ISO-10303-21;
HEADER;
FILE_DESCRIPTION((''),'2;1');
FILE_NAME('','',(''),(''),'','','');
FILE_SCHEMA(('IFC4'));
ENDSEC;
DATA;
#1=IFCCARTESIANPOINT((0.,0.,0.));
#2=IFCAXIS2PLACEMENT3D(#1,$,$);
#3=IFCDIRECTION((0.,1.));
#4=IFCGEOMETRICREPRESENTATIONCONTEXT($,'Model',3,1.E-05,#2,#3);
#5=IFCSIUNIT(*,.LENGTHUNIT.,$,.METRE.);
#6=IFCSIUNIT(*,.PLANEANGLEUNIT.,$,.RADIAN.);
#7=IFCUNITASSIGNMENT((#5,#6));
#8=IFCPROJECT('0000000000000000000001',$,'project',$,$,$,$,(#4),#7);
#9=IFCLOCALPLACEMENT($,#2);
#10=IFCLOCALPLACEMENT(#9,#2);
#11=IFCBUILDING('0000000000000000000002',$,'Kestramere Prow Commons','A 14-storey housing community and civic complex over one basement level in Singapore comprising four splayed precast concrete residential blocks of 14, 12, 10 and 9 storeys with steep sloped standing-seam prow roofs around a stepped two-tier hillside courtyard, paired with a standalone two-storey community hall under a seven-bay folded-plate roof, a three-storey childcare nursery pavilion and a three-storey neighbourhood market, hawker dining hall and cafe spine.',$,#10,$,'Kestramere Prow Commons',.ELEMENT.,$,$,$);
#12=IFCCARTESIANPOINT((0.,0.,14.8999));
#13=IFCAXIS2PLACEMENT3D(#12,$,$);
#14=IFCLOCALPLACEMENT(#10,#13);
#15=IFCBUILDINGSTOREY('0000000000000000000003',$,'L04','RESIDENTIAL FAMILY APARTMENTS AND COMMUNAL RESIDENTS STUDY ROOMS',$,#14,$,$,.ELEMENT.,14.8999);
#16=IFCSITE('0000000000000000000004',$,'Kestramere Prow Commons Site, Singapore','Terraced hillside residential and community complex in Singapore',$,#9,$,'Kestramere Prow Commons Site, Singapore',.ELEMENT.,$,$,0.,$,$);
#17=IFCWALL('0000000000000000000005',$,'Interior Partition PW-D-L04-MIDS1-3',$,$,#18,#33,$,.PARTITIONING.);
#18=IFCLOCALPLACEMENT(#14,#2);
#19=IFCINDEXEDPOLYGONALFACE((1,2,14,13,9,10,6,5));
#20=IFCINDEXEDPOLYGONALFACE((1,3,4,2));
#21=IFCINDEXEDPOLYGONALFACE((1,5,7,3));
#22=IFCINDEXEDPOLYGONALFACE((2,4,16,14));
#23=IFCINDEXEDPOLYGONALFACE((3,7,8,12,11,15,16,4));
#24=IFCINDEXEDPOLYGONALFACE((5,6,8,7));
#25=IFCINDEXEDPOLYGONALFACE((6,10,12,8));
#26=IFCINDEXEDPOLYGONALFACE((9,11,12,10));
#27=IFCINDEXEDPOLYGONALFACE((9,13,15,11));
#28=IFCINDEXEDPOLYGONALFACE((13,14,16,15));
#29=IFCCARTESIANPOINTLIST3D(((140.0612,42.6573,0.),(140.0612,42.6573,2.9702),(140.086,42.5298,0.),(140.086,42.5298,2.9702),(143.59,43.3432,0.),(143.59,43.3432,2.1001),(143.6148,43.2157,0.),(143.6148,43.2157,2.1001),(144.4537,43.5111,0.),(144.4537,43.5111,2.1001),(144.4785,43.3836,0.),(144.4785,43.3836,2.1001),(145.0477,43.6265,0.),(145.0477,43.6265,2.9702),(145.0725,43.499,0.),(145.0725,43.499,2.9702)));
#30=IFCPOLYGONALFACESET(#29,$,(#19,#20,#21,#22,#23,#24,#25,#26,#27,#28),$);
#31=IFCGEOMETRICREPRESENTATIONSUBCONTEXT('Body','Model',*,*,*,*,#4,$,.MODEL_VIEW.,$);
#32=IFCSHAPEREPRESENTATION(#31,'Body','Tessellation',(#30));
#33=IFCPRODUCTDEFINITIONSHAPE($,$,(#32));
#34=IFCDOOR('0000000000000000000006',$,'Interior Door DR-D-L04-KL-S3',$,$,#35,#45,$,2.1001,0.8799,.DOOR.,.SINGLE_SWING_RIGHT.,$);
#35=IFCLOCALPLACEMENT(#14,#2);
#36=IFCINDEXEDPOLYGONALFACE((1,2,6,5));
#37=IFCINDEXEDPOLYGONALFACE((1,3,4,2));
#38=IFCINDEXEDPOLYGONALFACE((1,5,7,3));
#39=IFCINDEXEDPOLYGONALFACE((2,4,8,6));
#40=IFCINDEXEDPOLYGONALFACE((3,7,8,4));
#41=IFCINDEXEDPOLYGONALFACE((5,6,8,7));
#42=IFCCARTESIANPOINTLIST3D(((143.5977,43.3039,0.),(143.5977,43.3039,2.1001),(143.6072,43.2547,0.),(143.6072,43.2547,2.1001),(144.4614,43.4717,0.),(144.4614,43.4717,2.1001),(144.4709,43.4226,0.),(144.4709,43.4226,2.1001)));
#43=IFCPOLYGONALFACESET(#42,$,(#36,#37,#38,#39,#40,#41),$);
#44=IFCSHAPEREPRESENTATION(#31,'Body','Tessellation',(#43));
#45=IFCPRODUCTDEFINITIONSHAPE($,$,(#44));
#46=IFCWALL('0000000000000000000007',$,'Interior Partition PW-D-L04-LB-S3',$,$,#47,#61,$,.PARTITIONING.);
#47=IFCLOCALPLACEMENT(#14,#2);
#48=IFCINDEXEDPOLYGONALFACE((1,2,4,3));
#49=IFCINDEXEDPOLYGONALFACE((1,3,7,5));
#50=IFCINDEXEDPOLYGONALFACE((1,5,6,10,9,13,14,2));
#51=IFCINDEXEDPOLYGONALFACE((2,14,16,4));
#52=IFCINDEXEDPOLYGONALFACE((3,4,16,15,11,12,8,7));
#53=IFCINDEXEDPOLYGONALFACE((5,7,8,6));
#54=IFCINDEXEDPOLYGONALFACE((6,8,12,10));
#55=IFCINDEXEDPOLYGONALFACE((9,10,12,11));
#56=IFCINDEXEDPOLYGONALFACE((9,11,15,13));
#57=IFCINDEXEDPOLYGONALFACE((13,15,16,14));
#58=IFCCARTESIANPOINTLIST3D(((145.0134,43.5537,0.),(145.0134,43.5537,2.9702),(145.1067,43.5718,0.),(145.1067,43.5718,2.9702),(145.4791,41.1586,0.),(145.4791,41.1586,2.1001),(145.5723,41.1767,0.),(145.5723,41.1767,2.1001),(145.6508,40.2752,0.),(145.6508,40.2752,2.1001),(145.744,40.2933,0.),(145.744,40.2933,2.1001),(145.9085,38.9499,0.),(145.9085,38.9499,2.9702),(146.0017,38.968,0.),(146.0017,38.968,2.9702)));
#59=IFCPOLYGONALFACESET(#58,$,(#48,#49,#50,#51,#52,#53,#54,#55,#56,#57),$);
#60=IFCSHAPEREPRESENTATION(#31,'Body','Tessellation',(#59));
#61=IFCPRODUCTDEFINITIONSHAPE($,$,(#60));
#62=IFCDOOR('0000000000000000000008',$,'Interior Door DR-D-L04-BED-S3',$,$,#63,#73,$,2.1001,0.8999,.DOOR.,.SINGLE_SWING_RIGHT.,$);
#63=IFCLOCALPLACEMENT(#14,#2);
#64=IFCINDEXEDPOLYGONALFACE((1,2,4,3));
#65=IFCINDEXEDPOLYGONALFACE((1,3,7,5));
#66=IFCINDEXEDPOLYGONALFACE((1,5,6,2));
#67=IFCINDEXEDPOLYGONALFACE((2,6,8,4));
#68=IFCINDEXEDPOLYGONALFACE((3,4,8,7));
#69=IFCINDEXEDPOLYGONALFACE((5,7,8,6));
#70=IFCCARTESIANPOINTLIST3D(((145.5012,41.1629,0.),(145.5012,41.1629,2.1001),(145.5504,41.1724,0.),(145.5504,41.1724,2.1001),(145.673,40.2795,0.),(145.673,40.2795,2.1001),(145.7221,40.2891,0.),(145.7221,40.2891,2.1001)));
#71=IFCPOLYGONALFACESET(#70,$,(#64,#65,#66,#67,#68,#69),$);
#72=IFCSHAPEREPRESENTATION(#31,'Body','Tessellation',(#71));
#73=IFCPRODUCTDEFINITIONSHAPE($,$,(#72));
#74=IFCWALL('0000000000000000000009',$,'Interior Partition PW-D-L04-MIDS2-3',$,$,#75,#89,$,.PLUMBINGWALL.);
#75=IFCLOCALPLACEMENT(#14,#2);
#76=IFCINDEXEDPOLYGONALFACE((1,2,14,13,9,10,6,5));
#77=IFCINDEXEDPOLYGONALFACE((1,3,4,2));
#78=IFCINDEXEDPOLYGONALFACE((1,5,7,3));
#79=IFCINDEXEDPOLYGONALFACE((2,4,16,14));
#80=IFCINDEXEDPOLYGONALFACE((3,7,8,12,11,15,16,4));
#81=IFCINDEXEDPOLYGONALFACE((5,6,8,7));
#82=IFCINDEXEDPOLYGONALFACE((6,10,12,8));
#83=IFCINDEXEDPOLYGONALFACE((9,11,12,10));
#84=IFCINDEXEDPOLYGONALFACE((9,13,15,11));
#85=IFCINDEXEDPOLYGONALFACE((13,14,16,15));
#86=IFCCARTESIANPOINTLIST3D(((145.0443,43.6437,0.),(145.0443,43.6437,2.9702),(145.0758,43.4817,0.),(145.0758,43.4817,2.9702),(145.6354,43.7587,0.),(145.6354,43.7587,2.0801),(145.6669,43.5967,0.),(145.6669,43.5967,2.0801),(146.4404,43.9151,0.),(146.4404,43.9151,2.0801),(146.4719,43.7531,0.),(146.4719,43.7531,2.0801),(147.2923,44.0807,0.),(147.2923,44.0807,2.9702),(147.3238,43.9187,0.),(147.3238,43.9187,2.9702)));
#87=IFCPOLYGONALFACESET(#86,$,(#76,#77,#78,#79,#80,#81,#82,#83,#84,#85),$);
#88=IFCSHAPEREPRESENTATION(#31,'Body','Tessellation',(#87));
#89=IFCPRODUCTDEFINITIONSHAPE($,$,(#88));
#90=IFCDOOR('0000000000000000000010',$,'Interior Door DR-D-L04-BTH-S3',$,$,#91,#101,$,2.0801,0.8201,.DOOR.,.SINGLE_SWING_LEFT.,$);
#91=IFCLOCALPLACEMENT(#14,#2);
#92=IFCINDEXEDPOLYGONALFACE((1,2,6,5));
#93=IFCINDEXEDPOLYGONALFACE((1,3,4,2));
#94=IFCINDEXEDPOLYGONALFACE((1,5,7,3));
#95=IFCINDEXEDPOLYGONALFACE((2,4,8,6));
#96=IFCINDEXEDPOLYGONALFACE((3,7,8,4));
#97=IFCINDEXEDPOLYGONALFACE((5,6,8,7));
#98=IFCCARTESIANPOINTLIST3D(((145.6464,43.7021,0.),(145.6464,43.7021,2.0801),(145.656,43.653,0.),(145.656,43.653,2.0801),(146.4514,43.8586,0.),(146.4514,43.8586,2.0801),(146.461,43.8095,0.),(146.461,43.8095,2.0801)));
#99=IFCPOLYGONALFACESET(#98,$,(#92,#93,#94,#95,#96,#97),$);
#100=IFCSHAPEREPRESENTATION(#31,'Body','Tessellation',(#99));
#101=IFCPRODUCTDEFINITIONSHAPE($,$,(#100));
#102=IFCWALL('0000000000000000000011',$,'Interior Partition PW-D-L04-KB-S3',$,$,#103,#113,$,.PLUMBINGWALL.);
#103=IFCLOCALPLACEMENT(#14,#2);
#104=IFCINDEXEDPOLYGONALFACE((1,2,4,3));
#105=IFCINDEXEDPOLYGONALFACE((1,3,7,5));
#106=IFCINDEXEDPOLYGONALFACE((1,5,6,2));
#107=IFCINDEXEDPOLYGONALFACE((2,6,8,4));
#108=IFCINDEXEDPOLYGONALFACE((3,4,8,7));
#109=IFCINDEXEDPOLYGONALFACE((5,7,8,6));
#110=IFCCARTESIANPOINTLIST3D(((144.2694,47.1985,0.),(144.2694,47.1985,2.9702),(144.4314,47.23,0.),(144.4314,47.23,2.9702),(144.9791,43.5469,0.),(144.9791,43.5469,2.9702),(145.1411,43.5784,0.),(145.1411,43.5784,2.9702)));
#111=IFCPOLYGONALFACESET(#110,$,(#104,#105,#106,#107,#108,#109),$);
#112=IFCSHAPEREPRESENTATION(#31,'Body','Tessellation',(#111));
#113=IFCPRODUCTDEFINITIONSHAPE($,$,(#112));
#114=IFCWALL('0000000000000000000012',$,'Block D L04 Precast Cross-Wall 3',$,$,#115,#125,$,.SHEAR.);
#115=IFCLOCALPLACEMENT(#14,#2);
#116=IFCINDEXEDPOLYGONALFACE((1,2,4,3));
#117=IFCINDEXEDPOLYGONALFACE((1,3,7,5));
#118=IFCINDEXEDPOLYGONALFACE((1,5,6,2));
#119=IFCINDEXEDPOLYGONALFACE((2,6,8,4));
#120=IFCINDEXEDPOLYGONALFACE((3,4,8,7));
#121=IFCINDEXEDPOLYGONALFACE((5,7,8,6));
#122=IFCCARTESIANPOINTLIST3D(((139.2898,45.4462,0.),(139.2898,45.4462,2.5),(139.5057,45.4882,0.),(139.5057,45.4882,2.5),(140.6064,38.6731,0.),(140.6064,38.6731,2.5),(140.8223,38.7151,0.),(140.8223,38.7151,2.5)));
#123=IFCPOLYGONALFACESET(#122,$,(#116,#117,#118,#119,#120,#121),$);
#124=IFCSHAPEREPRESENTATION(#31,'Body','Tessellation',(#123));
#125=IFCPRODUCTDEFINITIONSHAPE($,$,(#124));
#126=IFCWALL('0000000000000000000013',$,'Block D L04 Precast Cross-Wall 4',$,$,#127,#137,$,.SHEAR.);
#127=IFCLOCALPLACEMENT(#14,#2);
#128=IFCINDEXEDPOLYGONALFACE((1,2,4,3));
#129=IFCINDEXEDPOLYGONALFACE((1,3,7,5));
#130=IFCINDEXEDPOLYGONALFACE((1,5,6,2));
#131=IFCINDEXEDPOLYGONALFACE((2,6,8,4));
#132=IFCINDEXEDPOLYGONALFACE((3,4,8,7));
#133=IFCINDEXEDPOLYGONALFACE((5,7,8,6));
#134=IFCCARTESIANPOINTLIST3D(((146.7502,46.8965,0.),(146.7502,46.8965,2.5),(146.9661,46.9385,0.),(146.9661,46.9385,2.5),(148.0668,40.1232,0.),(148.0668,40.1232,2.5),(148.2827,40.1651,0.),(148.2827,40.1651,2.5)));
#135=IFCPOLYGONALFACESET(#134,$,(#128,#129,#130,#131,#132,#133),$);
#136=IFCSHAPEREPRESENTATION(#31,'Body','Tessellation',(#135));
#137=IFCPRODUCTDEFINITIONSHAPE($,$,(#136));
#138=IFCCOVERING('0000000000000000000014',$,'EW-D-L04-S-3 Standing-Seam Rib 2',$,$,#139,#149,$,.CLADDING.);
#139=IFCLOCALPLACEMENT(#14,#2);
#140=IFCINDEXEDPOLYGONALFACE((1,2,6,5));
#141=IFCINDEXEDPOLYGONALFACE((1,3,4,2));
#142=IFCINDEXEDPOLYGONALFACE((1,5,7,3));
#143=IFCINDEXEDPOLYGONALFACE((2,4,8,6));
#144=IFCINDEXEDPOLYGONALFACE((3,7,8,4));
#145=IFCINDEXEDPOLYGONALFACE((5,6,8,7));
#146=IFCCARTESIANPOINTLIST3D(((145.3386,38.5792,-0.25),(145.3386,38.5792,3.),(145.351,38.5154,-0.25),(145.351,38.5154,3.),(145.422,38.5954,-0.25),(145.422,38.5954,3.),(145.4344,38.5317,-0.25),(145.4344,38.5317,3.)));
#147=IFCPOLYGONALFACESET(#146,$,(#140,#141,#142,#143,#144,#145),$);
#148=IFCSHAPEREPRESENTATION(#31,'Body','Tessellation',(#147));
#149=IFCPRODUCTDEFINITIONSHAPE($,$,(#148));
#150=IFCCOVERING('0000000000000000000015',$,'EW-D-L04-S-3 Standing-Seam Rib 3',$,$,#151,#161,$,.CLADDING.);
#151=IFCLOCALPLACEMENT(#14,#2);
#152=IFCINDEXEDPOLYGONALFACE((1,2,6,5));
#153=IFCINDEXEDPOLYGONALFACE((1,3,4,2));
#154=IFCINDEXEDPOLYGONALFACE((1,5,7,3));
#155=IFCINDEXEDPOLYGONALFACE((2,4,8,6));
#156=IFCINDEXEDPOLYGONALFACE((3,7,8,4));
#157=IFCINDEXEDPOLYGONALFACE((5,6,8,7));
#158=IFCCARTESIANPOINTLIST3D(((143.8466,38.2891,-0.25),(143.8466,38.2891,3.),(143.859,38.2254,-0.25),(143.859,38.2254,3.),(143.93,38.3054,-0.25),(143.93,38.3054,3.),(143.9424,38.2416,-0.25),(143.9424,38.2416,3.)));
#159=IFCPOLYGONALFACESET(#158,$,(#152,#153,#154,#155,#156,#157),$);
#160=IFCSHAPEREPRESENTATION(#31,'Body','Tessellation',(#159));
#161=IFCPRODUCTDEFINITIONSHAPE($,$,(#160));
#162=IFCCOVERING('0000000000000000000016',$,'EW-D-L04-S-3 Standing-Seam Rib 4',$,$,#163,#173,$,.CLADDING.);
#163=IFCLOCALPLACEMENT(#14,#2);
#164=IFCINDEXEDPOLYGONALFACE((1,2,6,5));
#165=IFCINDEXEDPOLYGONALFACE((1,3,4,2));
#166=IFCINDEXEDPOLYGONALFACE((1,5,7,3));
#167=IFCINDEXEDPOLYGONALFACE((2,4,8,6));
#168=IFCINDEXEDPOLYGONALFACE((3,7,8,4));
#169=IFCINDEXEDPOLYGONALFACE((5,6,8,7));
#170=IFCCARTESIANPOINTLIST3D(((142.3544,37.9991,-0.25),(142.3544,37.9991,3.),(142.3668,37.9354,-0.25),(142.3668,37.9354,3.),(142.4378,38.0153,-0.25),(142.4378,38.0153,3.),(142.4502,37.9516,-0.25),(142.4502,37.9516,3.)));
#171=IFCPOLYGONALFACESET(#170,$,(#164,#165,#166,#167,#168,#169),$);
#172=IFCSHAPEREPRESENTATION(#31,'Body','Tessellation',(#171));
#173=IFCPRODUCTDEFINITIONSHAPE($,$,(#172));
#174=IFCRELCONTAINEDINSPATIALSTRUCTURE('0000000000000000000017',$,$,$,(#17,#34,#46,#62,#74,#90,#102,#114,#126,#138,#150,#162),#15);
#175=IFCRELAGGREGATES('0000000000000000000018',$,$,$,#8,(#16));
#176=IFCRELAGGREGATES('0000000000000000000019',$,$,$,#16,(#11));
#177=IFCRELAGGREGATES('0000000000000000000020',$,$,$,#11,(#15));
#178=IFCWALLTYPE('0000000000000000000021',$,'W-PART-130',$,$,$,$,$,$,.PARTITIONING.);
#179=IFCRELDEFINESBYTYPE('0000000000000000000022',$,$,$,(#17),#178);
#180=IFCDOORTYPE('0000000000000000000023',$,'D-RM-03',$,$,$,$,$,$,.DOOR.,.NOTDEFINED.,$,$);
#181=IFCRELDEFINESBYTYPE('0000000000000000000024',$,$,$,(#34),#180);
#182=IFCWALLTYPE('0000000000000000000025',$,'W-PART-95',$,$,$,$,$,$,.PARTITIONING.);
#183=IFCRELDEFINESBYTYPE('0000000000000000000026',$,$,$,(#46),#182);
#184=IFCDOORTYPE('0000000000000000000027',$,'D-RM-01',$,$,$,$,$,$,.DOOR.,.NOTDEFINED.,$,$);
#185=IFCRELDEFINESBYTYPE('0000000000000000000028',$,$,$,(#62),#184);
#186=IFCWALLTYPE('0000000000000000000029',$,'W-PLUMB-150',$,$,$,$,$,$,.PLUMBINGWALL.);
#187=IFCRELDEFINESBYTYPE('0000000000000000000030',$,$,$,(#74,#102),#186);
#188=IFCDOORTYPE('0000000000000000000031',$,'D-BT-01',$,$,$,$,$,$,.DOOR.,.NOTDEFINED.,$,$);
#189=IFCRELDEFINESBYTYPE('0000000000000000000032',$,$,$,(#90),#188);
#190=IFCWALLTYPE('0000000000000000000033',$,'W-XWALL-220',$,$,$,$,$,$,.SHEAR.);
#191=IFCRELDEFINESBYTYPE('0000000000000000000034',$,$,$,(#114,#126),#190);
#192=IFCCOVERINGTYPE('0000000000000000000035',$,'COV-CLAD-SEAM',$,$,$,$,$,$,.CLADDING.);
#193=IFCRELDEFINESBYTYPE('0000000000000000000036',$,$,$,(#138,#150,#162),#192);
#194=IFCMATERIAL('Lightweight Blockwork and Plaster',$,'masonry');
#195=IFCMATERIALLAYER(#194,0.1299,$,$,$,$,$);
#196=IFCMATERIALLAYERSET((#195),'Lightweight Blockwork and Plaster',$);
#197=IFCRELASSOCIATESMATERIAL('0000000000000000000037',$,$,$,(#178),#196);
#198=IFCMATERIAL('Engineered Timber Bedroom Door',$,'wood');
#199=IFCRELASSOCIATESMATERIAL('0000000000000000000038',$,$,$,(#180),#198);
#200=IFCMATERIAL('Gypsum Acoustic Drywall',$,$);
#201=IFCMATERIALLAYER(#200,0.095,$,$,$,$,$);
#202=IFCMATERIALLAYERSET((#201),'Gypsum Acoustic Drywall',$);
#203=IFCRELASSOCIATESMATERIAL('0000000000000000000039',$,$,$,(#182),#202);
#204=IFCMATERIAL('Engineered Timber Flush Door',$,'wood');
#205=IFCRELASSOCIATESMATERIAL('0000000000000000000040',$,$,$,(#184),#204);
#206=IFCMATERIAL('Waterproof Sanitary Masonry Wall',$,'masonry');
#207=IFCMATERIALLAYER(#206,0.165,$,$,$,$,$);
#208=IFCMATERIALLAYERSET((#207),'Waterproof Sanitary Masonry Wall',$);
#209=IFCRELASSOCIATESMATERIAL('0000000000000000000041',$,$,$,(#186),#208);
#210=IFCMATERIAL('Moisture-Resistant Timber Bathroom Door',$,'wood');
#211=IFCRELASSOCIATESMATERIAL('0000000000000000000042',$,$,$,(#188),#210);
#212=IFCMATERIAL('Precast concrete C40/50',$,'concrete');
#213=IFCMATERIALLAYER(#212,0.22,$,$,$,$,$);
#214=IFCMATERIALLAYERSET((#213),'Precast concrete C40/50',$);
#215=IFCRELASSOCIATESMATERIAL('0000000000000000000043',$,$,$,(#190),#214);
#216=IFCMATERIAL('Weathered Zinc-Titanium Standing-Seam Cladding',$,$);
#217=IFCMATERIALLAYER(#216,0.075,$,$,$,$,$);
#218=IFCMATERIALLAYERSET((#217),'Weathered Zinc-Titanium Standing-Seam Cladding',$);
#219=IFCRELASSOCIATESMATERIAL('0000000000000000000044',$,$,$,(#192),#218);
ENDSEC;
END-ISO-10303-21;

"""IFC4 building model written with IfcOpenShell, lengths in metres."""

from ifc_helpers import new_model, si_unit, direction, frame, frame_2d, origin, origin_2d, place, context, subcontext, project, spatial, rectangle, extrude, material, layer, layer_set, type_object, element, fill, save


model = new_model("IFC4")

# Units and contexts
model_context = context("Model", 3, precision=1e-05, world=origin(), true_north=direction((0.0, 1.0)))
body_context = subcontext(model_context, "Body", "Model", "MODEL_VIEW")
ifc_project = project(units=[si_unit("LENGTHUNIT", "METRE"), si_unit("PLANEANGLEUNIT", "RADIAN")], contexts=[model_context])

# Site, building, storey
site_placement = place(None, origin())
site = spatial("IfcSite", under=ifc_project, at=site_placement, Name="Kestramere Prow Commons Site, Singapore", Description="Terraced hillside residential and community complex in Singapore", LongName="Kestramere Prow Commons Site, Singapore", CompositionType="ELEMENT", RefElevation=0.0)
building_placement = place(site_placement, origin())
building = spatial("IfcBuilding", under=site, at=building_placement, Name="Kestramere Prow Commons", Description="A 14-storey housing community and civic complex over one basement level in Singapore comprising four splayed precast concrete residential blocks of 14, 12, 10 and 9 storeys with steep sloped standing-seam prow roofs around a stepped two-tier hillside courtyard, paired with a standalone two-storey community hall under a seven-bay folded-plate roof, a three-storey childcare nursery pavilion and a three-storey neighbourhood market, hawker dining hall and cafe spine.", LongName="Kestramere Prow Commons", CompositionType="ELEMENT")
storey_placement = place(building_placement, frame((0.0, 0.0, 14.8999)))
storey = spatial("IfcBuildingStorey", under=building, at=storey_placement, Name="L04", Description="RESIDENTIAL FAMILY APARTMENTS AND COMMUNAL RESIDENTS STUDY ROOMS", CompositionType="ELEMENT", Elevation=14.8999)

# Shared definitions
ifc_material_1 = material(Name="Precast concrete C40/50", Category="concrete")

# Walls, openings, doors
ifc_material_2 = material(Name="Lightweight Blockwork and Plaster", Category="masonry")
ifc_layer_1 = layer(ifc_material_2, 0.1299)
ifc_layer_set_1 = layer_set([ifc_layer_1], Name="Lightweight Blockwork and Plaster")
wall_type_1 = type_object("IfcWallType", Name="W-PART-130", PredefinedType="PARTITIONING", material=ifc_layer_set_1)
wall_1_placement = place(storey_placement, frame((140.0735, 42.5935, 0.0), z_axis=(0.0, 0.0, 1.0), x_axis=(0.981629, 0.190799, 0.0)))
wall_1 = element("IfcWall", 1, at=wall_1_placement, inside=storey, type_object=wall_type_1, Name="Interior Partition PW-D-L04-MIDS1-3", PredefinedType="PARTITIONING", context=body_context, shape_type="SweptSolid", body=[
    extrude(rectangle(XDim=5.0798, YDim=0.1299, at=frame_2d((2.54, 0.0))), origin(), (0.0, 0.0, 1.0), 2.9702),
])
opening_1_placement = place(wall_1_placement, frame((3.595, 0.0, 0.0)))
opening_1 = element("IfcOpeningElement", 2, at=opening_1_placement, cuts=wall_1, PredefinedType="OPENING", context=body_context, shape_type="SweptSolid", body=[
    extrude(rectangle(XDim=0.8799, YDim=2.1001, at=frame_2d((0.4399, 1.05))), frame((0.0, 0.0798, 0.0), z_axis=(0.0, -1.0, 0.0), x_axis=(1.0, 0.0, 0.0)), (0.0, 0.0, 1.0), 0.1599),
])
ifc_material_3 = material(Name="Engineered Timber Bedroom Door", Category="wood")
door_type_1 = type_object("IfcDoorType", Name="D-RM-03", OperationType="NOTDEFINED", PredefinedType="DOOR", material=ifc_material_3)
door_1_placement = place(opening_1_placement, origin())
door_1 = element("IfcDoor", 3, at=door_1_placement, inside=storey, type_object=door_type_1, Name="Interior Door DR-D-L04-KL-S3", OperationType="SINGLE_SWING_RIGHT", OverallHeight=2.1001, OverallWidth=0.8799, PredefinedType="DOOR", context=body_context, shape_type="SweptSolid", body=[
    extrude(rectangle(XDim=0.8799, YDim=2.1001, at=frame_2d((0.4399, 1.05))), frame((0.0, 0.0249, 0.0), z_axis=(0.0, -1.0, 0.0), x_axis=(1.0, 0.0, 0.0)), (0.0, 0.0, 1.0), 0.05),
])
fill(opening_1, door_1)
ifc_material_4 = material(Name="Gypsum Acoustic Drywall")
ifc_layer_2 = layer(ifc_material_4, 0.095)
ifc_layer_set_2 = layer_set([ifc_layer_2], Name="Gypsum Acoustic Drywall")
wall_type_2 = type_object("IfcWallType", Name="W-PART-95", PredefinedType="PARTITIONING", material=ifc_layer_set_2)
wall_2_placement = place(storey_placement, frame((145.9551, 38.959, 0.0), z_axis=(0.0, 0.0, 1.0), x_axis=(-0.190838, 0.981622, 0.0)))
wall_2 = element("IfcWall", 4, at=wall_2_placement, inside=storey, type_object=wall_type_2, Name="Interior Partition PW-D-L04-LB-S3", PredefinedType="PARTITIONING", context=body_context, shape_type="SweptSolid", body=[
    extrude(rectangle(XDim=4.6899, YDim=0.095, at=frame_2d((2.345, 0.0))), origin(), (0.0, 0.0, 1.0), 2.9702),
])
opening_2_placement = place(wall_2_placement, frame((1.3501, 0.0, 0.0)))
opening_2 = element("IfcOpeningElement", 5, at=opening_2_placement, cuts=wall_2, PredefinedType="OPENING", context=body_context, shape_type="SweptSolid", body=[
    extrude(rectangle(XDim=0.8999, YDim=2.1001, at=frame_2d((0.45, 1.05))), frame((0.0, 0.0625, 0.0), z_axis=(0.0, -1.0, 0.0), x_axis=(1.0, 0.0, 0.0)), (0.0, 0.0, 1.0), 0.125),
])
ifc_material_5 = material(Name="Engineered Timber Flush Door", Category="wood")
door_type_2 = type_object("IfcDoorType", Name="D-RM-01", OperationType="NOTDEFINED", PredefinedType="DOOR", material=ifc_material_5)
door_2_placement = place(opening_2_placement, origin())
door_2 = element("IfcDoor", 6, at=door_2_placement, inside=storey, type_object=door_type_2, Name="Interior Door DR-D-L04-BED-S3", OperationType="SINGLE_SWING_RIGHT", OverallHeight=2.1001, OverallWidth=0.8999, PredefinedType="DOOR", context=body_context, shape_type="SweptSolid", body=[
    extrude(rectangle(XDim=0.8999, YDim=2.1001, at=frame_2d((0.45, 1.05))), frame((0.0, 0.0249, 0.0), z_axis=(0.0, -1.0, 0.0), x_axis=(1.0, 0.0, 0.0)), (0.0, 0.0, 1.0), 0.05),
])
fill(opening_2, door_2)
ifc_material_6 = material(Name="Waterproof Sanitary Masonry Wall", Category="masonry")
ifc_layer_3 = layer(ifc_material_6, 0.165)
ifc_layer_set_3 = layer_set([ifc_layer_3], Name="Waterproof Sanitary Masonry Wall")
wall_type_3 = type_object("IfcWallType", Name="W-PLUMB-150", PredefinedType="PLUMBINGWALL", material=ifc_layer_set_3)
wall_3_placement = place(storey_placement, frame((145.0601, 43.5627, 0.0), z_axis=(0.0, 0.0, 1.0), x_axis=(0.981624, 0.190824, 0.0)))
wall_3 = element("IfcWall", 7, at=wall_3_placement, inside=storey, type_object=wall_type_3, Name="Interior Partition PW-D-L04-MIDS2-3", PredefinedType="PLUMBINGWALL", context=body_context, shape_type="SweptSolid", body=[
    extrude(rectangle(XDim=2.29, YDim=0.165, at=frame_2d((1.145, 0.0))), origin(), (0.0, 0.0, 1.0), 2.9702),
])
opening_3_placement = place(wall_3_placement, frame((0.6021, 0.0, 0.0)))
opening_3 = element("IfcOpeningElement", 8, at=opening_3_placement, cuts=wall_3, PredefinedType="OPENING", context=body_context, shape_type="SweptSolid", body=[
    extrude(rectangle(XDim=0.8201, YDim=2.0801, at=frame_2d((0.4102, 1.04))), frame((0.0, 0.0974, 0.0), z_axis=(0.0, -1.0, 0.0), x_axis=(1.0, 0.0, 0.0)), (0.0, 0.0, 1.0), 0.1951),
])
ifc_material_7 = material(Name="Moisture-Resistant Timber Bathroom Door", Category="wood")
door_type_3 = type_object("IfcDoorType", Name="D-BT-01", OperationType="NOTDEFINED", PredefinedType="DOOR", material=ifc_material_7)
door_3_placement = place(opening_3_placement, origin())
door_3 = element("IfcDoor", 9, at=door_3_placement, inside=storey, type_object=door_type_3, Name="Interior Door DR-D-L04-BTH-S3", OperationType="SINGLE_SWING_LEFT", OverallHeight=2.0801, OverallWidth=0.8201, PredefinedType="DOOR", context=body_context, shape_type="SweptSolid", body=[
    extrude(rectangle(XDim=0.8201, YDim=2.0801, at=frame_2d((0.4102, 1.04))), frame((0.0, 0.0249, 0.0), z_axis=(0.0, -1.0, 0.0), x_axis=(1.0, 0.0, 0.0)), (0.0, 0.0, 1.0), 0.05),
])
fill(opening_3, door_3)

# Walls
wall_4_placement = place(storey_placement, frame((145.0601, 43.5627, 0.0), z_axis=(0.0, 0.0, 1.0), x_axis=(-0.190787, 0.981631, 0.0)))
element("IfcWall", 10, at=wall_4_placement, inside=storey, type_object=wall_type_3, Name="Interior Partition PW-D-L04-KB-S3", PredefinedType="PLUMBINGWALL", context=body_context, shape_type="SweptSolid", body=[
    extrude(rectangle(XDim=3.72, YDim=0.165, at=frame_2d((1.8599, 0.0))), origin(), (0.0, 0.0, 1.0), 2.9702),
])
ifc_layer_4 = layer(ifc_material_1, 0.22)
ifc_layer_set_4 = layer_set([ifc_layer_4], Name="Precast concrete C40/50")
wall_type_4 = type_object("IfcWallType", Name="W-XWALL-220", PredefinedType="SHEAR", material=ifc_layer_set_4)
wall_5_placement = place(storey_placement, frame((140.7144, 38.6941, 0.0), z_axis=(0.0, 0.0, 1.0), x_axis=(-0.190819, 0.981625, 0.0)))
element("IfcWall", 11, at=wall_5_placement, inside=storey, type_object=wall_type_4, Name="Block D L04 Precast Cross-Wall 3", PredefinedType="SHEAR", context=body_context, shape_type="SweptSolid", body=[
    extrude(rectangle(XDim=6.8999, YDim=0.22, at=frame_2d((3.45, 0.0))), origin(), (0.0, 0.0, 1.0), 2.5),
])
wall_6_placement = place(storey_placement, frame((148.1748, 40.144, 0.0), z_axis=(0.0, 0.0, 1.0), x_axis=(-0.190813, 0.981626, 0.0)))
element("IfcWall", 12, at=wall_6_placement, inside=storey, type_object=wall_type_4, Name="Block D L04 Precast Cross-Wall 4", PredefinedType="SHEAR", context=body_context, shape_type="SweptSolid", body=[
    extrude(rectangle(XDim=6.9001, YDim=0.22, at=frame_2d((3.4502, 0.0))), origin(), (0.0, 0.0, 1.0), 2.5),
])

# Coverings
ifc_material_8 = material(Name="Weathered Zinc-Titanium Standing-Seam Cladding")
ifc_layer_5 = layer(ifc_material_8, 0.075)
ifc_layer_set_5 = layer_set([ifc_layer_5], Name="Weathered Zinc-Titanium Standing-Seam Cladding")
covering_type = type_object("IfcCoveringType", Name="COV-CLAD-SEAM", PredefinedType="CLADDING", material=ifc_layer_set_5)
for number, where, z_axis, x_axis, name in (
    (13, (145.3865, 38.5554, -0.25), (0.0, 0.0, 1.0), (-0.981627, -0.190809, 0.0), "EW-D-L04-S-3 Standing-Seam Rib 2"),
    (14, (143.8945, 38.2654, -0.25), (0.0, 0.0, 1.0), (-0.981627, -0.190809, 0.0), "EW-D-L04-S-3 Standing-Seam Rib 3"),
    (15, (142.4023, 37.9753, -0.25), (0.0, 0.0, 1.0), (-0.981627, -0.190809, 0.0), "EW-D-L04-S-3 Standing-Seam Rib 4"),
):
    element("IfcCovering", number, at=place(storey_placement, frame(where, z_axis=z_axis, x_axis=x_axis)), inside=storey, type_object=covering_type, Name=name, PredefinedType="CLADDING", context=body_context, shape_type="SweptSolid", body=[
        extrude(rectangle(XDim=0.085, YDim=0.0649, at=origin_2d()), origin(), (0.0, 0.0, 1.0), 3.25),
    ])

save(model, "model.ifc")
